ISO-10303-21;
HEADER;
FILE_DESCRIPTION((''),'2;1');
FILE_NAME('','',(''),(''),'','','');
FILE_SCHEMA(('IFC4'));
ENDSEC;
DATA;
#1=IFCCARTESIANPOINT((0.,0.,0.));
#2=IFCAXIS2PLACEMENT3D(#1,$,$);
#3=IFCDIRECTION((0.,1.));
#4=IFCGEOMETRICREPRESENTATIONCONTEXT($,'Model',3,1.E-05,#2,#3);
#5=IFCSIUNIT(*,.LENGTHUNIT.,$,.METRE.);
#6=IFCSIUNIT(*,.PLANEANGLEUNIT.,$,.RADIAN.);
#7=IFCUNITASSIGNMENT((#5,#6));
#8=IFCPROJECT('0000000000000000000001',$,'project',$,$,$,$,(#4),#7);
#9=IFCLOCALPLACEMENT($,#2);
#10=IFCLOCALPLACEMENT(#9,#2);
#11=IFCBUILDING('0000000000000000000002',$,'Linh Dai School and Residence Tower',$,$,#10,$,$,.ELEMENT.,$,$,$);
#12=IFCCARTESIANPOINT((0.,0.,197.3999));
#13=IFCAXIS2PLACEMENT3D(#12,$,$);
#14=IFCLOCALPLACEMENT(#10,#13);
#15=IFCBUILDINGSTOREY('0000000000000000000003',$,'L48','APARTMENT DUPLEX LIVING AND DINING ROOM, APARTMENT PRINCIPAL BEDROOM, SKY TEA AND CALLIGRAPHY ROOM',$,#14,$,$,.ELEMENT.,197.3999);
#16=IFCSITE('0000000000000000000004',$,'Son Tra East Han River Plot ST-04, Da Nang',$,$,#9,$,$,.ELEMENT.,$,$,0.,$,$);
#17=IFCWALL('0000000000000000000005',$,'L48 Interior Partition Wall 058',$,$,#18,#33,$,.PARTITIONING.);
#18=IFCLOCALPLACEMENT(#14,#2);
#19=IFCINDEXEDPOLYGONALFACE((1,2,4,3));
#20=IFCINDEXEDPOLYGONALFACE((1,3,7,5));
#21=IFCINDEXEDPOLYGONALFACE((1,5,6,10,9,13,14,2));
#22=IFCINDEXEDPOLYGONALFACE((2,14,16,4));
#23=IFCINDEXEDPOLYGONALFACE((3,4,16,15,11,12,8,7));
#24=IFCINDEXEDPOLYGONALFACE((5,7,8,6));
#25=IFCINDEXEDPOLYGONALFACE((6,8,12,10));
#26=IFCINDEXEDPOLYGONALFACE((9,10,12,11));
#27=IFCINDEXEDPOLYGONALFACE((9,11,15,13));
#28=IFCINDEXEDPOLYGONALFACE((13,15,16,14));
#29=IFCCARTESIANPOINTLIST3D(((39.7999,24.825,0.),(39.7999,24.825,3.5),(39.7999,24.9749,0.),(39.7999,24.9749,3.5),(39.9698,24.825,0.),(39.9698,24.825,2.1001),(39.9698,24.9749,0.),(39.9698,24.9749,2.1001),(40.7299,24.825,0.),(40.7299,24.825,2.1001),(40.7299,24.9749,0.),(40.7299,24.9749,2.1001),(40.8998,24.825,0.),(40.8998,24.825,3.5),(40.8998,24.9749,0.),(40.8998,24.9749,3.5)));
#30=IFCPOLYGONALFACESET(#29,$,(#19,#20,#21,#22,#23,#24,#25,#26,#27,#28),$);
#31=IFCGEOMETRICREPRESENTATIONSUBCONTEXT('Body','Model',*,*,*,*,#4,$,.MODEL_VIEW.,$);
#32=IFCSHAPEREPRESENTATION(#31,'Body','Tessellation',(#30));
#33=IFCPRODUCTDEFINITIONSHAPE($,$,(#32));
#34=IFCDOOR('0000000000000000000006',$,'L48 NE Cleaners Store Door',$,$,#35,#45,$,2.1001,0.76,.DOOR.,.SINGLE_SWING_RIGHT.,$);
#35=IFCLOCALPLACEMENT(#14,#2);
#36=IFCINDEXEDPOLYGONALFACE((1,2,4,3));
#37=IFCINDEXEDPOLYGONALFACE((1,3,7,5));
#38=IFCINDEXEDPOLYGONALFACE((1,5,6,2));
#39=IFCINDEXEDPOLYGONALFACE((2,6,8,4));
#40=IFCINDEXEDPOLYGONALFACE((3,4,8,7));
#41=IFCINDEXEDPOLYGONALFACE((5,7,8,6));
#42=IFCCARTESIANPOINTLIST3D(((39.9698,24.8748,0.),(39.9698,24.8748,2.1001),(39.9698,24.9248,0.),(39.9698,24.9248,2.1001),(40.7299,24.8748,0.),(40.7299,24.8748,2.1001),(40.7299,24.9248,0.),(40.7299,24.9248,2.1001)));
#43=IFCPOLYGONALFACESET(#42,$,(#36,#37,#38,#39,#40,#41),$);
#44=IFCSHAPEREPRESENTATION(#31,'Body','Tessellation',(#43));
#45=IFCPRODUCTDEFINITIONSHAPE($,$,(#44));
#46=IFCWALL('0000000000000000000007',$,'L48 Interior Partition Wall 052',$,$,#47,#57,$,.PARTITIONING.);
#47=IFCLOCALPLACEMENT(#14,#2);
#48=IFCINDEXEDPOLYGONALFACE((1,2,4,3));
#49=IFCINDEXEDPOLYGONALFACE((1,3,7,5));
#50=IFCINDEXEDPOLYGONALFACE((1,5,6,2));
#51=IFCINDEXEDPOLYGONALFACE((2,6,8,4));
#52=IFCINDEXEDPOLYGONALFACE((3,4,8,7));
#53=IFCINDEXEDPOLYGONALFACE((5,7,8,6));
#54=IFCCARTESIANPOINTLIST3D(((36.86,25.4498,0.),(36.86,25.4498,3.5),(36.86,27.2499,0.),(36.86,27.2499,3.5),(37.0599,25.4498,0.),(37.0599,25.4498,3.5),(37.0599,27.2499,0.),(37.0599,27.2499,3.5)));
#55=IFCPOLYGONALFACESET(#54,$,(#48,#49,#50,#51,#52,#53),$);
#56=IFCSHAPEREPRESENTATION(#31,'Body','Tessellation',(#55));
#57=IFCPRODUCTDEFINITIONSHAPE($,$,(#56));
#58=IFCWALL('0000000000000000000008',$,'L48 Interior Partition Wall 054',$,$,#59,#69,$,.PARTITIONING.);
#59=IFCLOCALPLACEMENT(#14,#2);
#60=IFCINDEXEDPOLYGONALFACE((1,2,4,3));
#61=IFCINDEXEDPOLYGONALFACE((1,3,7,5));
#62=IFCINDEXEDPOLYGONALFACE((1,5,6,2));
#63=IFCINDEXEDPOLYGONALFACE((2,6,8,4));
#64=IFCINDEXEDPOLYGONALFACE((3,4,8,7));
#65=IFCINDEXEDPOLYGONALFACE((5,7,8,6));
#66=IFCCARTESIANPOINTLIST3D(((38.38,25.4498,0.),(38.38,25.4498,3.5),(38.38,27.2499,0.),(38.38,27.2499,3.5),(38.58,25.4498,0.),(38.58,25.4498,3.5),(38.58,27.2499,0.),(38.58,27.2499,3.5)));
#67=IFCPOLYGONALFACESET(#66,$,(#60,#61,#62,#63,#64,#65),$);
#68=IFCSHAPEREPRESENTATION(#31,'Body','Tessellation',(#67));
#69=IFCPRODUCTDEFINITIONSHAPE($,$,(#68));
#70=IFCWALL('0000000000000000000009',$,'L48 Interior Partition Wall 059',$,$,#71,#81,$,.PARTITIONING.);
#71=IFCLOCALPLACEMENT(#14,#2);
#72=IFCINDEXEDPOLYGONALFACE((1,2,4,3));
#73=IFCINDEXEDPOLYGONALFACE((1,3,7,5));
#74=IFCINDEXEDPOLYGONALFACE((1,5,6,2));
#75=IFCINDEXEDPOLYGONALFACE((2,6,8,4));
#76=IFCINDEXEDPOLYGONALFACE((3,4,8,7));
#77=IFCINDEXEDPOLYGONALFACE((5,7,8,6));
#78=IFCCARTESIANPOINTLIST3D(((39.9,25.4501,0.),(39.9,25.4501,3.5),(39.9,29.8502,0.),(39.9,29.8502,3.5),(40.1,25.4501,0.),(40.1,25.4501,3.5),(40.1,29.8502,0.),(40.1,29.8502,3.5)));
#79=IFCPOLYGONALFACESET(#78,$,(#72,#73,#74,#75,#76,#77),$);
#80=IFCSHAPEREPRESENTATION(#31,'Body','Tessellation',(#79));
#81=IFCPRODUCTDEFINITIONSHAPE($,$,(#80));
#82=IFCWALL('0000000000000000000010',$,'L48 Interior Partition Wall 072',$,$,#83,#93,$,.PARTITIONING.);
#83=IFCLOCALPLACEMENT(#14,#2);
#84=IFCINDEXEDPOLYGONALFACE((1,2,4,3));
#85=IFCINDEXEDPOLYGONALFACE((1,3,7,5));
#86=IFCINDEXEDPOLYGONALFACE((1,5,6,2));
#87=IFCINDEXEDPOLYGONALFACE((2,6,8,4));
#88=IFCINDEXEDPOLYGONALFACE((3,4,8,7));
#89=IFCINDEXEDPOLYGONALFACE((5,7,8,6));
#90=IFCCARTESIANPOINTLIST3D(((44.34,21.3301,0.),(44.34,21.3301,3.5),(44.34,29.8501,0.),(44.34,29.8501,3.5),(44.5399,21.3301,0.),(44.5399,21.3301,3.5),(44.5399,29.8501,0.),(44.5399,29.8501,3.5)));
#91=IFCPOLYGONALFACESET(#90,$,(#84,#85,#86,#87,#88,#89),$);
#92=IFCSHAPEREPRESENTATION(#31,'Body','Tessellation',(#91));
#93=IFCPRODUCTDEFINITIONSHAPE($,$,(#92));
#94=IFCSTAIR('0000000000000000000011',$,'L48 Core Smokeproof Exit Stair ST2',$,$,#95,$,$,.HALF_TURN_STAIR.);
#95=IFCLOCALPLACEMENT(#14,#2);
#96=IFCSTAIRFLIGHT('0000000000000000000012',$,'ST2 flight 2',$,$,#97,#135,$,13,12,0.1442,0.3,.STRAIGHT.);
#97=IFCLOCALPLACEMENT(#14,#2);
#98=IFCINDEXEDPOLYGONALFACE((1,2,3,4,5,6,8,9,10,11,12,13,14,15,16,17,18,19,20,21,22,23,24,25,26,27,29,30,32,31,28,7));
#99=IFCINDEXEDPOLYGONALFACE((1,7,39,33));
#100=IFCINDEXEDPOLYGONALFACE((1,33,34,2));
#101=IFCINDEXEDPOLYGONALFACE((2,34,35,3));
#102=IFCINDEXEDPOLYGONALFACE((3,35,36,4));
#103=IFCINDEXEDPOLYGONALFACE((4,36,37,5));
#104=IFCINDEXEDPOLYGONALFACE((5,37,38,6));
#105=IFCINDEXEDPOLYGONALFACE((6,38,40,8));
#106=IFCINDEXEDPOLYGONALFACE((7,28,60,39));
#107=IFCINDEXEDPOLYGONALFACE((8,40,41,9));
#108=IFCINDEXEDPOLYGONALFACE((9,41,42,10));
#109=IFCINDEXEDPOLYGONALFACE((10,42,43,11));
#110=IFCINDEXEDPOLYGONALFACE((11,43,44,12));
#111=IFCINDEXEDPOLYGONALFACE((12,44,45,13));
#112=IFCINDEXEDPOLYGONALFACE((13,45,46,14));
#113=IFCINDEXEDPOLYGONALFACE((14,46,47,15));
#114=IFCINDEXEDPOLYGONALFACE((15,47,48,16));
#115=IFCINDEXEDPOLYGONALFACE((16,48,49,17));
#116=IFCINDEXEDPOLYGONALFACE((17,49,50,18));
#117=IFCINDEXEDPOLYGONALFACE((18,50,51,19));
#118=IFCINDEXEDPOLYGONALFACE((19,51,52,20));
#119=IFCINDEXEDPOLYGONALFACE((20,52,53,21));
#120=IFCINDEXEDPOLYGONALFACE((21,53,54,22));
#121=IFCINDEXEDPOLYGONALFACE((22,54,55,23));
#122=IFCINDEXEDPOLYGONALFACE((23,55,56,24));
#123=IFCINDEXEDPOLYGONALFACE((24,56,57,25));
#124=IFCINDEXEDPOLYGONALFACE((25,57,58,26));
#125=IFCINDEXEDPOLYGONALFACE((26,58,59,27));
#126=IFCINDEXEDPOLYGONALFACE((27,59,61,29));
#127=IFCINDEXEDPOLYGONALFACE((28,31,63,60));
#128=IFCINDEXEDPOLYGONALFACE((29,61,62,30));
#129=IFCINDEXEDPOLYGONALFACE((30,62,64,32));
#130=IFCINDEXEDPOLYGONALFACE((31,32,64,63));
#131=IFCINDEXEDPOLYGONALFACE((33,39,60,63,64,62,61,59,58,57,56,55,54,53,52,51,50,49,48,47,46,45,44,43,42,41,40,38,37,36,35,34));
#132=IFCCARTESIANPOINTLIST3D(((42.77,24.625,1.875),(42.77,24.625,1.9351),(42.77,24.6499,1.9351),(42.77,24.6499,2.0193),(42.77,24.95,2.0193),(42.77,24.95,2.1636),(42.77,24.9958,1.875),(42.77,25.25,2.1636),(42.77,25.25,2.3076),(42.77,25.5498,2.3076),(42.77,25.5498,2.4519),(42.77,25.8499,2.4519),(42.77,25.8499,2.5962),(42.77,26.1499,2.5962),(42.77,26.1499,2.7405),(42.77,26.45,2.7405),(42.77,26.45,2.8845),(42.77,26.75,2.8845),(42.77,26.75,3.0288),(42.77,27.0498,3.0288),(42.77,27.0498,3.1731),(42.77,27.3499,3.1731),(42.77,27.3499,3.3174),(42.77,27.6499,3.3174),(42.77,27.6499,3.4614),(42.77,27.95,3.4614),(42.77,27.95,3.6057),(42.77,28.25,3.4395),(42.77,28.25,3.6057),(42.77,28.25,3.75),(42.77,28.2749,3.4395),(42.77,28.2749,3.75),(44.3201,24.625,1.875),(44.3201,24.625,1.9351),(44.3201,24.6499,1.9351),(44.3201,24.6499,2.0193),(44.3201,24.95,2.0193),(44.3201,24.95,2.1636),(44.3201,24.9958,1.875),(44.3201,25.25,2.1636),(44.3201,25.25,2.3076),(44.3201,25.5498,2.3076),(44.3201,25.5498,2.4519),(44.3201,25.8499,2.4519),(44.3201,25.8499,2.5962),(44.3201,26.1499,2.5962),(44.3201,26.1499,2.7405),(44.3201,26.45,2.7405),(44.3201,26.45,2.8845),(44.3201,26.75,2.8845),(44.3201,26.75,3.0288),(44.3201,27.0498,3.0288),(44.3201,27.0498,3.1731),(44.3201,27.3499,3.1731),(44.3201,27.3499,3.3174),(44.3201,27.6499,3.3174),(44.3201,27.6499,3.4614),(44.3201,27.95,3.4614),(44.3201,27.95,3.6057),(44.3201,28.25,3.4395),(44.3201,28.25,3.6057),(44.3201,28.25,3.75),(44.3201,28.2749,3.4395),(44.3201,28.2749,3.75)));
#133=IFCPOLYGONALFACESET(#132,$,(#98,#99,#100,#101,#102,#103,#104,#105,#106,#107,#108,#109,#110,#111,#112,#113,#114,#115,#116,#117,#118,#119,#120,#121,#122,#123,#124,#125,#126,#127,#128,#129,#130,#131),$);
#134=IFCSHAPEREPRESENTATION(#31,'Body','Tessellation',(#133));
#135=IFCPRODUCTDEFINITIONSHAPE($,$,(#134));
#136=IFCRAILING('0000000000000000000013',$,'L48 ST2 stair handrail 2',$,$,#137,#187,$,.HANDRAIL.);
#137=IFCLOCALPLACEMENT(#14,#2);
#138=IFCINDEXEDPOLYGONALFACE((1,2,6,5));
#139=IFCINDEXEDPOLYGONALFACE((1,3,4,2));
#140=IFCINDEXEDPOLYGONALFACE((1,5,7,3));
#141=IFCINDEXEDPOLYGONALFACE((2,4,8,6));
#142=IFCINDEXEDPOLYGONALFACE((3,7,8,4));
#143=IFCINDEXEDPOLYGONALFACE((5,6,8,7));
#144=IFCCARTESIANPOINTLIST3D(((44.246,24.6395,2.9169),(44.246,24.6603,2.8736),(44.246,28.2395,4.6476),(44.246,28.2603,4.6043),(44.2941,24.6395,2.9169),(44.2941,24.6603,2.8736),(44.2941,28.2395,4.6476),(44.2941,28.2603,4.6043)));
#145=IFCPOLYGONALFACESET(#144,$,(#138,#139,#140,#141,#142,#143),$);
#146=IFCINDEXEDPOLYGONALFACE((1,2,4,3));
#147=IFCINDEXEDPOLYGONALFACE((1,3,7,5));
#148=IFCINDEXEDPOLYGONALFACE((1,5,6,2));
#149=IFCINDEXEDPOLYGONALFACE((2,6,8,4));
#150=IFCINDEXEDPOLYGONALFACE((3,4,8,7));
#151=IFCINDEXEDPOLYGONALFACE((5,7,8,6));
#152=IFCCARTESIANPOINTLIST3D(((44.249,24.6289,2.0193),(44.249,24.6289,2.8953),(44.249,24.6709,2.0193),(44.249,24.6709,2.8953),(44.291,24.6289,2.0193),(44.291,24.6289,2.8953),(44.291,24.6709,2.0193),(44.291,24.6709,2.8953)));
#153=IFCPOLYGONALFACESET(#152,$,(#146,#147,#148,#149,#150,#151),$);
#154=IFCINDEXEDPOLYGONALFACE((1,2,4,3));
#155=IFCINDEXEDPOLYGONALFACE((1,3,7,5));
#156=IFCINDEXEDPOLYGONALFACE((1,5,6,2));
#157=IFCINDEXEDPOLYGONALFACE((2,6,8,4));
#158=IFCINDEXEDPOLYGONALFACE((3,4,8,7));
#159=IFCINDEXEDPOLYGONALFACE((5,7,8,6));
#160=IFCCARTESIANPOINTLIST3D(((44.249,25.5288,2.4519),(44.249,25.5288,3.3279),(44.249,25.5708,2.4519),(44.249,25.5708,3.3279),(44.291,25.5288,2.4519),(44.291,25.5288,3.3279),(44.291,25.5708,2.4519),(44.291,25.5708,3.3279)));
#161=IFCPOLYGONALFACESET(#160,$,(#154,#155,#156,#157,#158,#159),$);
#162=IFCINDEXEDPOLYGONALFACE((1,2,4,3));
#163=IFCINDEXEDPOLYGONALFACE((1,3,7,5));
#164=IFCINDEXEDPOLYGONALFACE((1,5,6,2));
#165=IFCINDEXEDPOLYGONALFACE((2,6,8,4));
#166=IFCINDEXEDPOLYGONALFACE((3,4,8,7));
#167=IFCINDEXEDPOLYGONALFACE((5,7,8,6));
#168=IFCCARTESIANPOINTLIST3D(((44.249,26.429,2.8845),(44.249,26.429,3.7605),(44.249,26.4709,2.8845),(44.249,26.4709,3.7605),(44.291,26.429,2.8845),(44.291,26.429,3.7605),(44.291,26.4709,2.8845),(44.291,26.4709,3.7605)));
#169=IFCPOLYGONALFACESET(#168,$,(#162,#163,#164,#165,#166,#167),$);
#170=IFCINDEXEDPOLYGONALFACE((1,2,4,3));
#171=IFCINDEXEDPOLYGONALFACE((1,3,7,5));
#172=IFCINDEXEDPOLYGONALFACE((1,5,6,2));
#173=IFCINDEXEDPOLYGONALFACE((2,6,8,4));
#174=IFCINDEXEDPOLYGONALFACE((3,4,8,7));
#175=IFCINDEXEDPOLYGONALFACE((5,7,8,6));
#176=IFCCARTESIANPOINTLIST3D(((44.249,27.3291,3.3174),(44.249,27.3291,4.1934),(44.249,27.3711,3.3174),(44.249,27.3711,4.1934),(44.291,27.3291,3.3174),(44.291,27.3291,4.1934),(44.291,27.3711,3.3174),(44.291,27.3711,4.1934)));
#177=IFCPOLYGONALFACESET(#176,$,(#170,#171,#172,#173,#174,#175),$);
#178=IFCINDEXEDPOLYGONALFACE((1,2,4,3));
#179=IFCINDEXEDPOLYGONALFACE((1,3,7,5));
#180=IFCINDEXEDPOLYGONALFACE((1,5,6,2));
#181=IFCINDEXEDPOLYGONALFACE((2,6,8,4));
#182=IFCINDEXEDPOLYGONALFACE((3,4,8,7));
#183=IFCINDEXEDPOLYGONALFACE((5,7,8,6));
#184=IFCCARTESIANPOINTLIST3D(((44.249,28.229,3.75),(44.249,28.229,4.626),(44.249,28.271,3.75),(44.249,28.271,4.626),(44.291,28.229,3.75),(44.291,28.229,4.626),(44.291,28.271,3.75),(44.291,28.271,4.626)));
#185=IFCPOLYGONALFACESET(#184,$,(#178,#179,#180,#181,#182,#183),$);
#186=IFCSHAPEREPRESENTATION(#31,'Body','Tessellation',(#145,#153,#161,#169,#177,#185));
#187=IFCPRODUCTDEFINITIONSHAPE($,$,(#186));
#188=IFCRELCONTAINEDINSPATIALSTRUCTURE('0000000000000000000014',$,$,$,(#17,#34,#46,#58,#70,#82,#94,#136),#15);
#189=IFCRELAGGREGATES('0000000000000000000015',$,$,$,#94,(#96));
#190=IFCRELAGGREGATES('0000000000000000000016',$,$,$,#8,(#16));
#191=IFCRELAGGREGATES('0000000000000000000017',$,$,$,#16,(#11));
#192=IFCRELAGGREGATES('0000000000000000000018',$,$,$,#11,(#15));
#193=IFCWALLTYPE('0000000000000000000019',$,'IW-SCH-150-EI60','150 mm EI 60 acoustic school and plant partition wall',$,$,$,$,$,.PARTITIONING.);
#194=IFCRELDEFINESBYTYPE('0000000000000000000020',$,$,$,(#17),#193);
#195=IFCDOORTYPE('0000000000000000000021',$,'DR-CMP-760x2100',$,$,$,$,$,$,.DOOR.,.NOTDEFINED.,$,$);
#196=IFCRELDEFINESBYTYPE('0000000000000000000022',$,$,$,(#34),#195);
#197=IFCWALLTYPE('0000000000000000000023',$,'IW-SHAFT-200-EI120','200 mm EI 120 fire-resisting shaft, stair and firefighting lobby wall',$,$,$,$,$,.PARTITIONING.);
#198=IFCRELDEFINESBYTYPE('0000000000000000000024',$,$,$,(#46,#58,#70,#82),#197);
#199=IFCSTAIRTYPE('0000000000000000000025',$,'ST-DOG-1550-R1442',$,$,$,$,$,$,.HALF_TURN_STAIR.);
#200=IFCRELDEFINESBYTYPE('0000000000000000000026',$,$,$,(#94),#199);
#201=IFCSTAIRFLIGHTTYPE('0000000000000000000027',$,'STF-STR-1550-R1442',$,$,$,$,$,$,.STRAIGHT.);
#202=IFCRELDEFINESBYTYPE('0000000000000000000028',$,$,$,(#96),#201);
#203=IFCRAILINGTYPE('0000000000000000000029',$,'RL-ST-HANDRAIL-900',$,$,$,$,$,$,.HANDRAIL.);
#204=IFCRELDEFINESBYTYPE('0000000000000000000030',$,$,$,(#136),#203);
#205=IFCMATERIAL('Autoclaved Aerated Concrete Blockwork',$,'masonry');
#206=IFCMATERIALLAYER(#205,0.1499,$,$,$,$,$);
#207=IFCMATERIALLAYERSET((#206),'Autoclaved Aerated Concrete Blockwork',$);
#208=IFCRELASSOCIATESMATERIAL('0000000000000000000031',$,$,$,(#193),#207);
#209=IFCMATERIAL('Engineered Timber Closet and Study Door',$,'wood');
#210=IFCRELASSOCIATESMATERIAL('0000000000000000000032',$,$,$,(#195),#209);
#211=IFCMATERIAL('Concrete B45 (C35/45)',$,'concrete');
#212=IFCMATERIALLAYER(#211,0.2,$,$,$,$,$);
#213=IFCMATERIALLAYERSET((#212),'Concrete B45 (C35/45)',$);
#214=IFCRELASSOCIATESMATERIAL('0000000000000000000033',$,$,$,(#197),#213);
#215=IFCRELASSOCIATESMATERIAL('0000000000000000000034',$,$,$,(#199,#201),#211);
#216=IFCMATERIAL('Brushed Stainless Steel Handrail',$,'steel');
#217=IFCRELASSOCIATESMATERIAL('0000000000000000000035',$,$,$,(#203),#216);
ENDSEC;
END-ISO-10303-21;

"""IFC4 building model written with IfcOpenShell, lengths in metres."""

from ifc_helpers import new_model, si_unit, direction, frame, frame_2d, origin, origin_2d, place, context, subcontext, project, spatial, polyline, rectangle, outline, extrude, source, transform, mapped, material, layer, layer_set, type_object, element, fill, aggregate, save


model = new_model("IFC4")

# Units and contexts
model_context = context("Model", 3, precision=1e-05, world=origin(), true_north=direction((0.0, 1.0)))
body_context = subcontext(model_context, "Body", "Model", "MODEL_VIEW")
ifc_project = project(units=[si_unit("LENGTHUNIT", "METRE"), si_unit("PLANEANGLEUNIT", "RADIAN")], contexts=[model_context])

# Site, building, storey
site_placement = place(None, origin())
site = spatial("IfcSite", under=ifc_project, at=site_placement, Name="Son Tra East Han River Plot ST-04, Da Nang", CompositionType="ELEMENT", RefElevation=0.0)
building_placement = place(site_placement, origin())
building = spatial("IfcBuilding", under=site, at=building_placement, Name="Linh Dai School and Residence Tower", CompositionType="ELEMENT")
storey_placement = place(building_placement, frame((0.0, 0.0, 197.3999)))
storey = spatial("IfcBuildingStorey", under=building, at=storey_placement, Name="L48", Description="APARTMENT DUPLEX LIVING AND DINING ROOM, APARTMENT PRINCIPAL BEDROOM, SKY TEA AND CALLIGRAPHY ROOM", CompositionType="ELEMENT", Elevation=197.3999)

# Shared definitions
ifc_material_1 = material(Name="Autoclaved Aerated Concrete Blockwork", Category="masonry")

# Wall, opening, door
ifc_layer_1 = layer(ifc_material_1, 0.1499)
ifc_layer_set_1 = layer_set([ifc_layer_1], Name="Autoclaved Aerated Concrete Blockwork")
wall_type_1 = type_object("IfcWallType", Name="IW-SCH-150-EI60", Description="150 mm EI 60 acoustic school and plant partition wall", PredefinedType="PARTITIONING", material=ifc_layer_set_1)
wall_1_placement = place(storey_placement, frame((39.8, 24.8999, 0.0), z_axis=(0.0, 0.0, 1.0), x_axis=(1.0, 0.0, 0.0)))
wall_1 = element("IfcWall", 1, at=wall_1_placement, inside=storey, type_object=wall_type_1, Name="L48 Interior Partition Wall 058", PredefinedType="PARTITIONING", context=body_context, shape_type="SweptSolid", body=[
    extrude(rectangle(XDim=1.0999, YDim=0.1499, at=frame_2d((0.5498, 0.0))), origin(), (0.0, 0.0, 1.0), 3.5),
])
opening_1_placement = place(wall_1_placement, frame((0.1699, 0.0, 0.0)))
opening_1 = element("IfcOpeningElement", 2, at=opening_1_placement, cuts=wall_1, PredefinedType="OPENING", context=body_context, shape_type="SweptSolid", body=[
    extrude(rectangle(XDim=0.76, YDim=2.1001, at=origin_2d()), frame((0.3799, 0.085, 1.05), z_axis=(0.0, -1.0, 0.0), x_axis=(1.0, 0.0, 0.0)), (0.0, 0.0, 1.0), 0.1699),
])
ifc_material_2 = material(Name="Engineered Timber Closet and Study Door", Category="wood")
door_type_1 = type_object("IfcDoorType", Name="DR-CMP-760x2100", OperationType="NOTDEFINED", PredefinedType="DOOR", material=ifc_material_2)
shared_shape_1 = source(origin(), body_context, "Body", "SweptSolid", [
    extrude(rectangle(XDim=0.76, YDim=2.1001, at=origin_2d()), frame((0.3799, 0.0249, 1.05), z_axis=(0.0, -1.0, 0.0), x_axis=(1.0, 0.0, 0.0)), (0.0, 0.0, 1.0), 0.05),
])
door_1_placement = place(opening_1_placement, origin())
door_1 = element("IfcDoor", 3, at=door_1_placement, inside=storey, type_object=door_type_1, Name="L48 NE Cleaners Store Door", OperationType="SINGLE_SWING_RIGHT", OverallHeight=2.1001, OverallWidth=0.76, PredefinedType="DOOR", context=body_context, shape_type="MappedRepresentation", body=[
    mapped(shared_shape_1, transform((0.0, 0.0, 0.0), x_axis=(1.0, 0.0, 0.0), y_axis=(0.0, 1.0, 0.0), z_axis=(0.0, 0.0, 1.0), scale=1.0)),
])
fill(opening_1, door_1)

# Walls
ifc_material_3 = material(Name="Concrete B45 (C35/45)", Category="concrete")
ifc_layer_2 = layer(ifc_material_3, 0.2)
ifc_layer_set_2 = layer_set([ifc_layer_2], Name="Concrete B45 (C35/45)")
wall_type_2 = type_object("IfcWallType", Name="IW-SHAFT-200-EI120", Description="200 mm EI 120 fire-resisting shaft, stair and firefighting lobby wall", PredefinedType="PARTITIONING", material=ifc_layer_set_2)
for number, where, z_axis, x_axis, name in (
    (4, (36.96, 25.45, 0.0), (0.0, 0.0, 1.0), (0.0, 1.0, 0.0), "L48 Interior Partition Wall 052"),
    (5, (38.48, 25.45, 0.0), (0.0, 0.0, 1.0), (0.0, 1.0, 0.0), "L48 Interior Partition Wall 054"),
):
    element("IfcWall", number, at=place(storey_placement, frame(where, z_axis=z_axis, x_axis=x_axis)), inside=storey, type_object=wall_type_2, Name=name, PredefinedType="PARTITIONING", context=body_context, shape_type="SweptSolid", body=[
        extrude(rectangle(XDim=1.8, YDim=0.2, at=frame_2d((0.8999, 0.0))), origin(), (0.0, 0.0, 1.0), 3.5),
    ])
wall_2_placement = place(storey_placement, frame((40.0, 25.45, 0.0), z_axis=(0.0, 0.0, 1.0), x_axis=(0.0, 1.0, 0.0)))
element("IfcWall", 6, at=wall_2_placement, inside=storey, type_object=wall_type_2, Name="L48 Interior Partition Wall 059", PredefinedType="PARTITIONING", context=body_context, shape_type="SweptSolid", body=[
    extrude(rectangle(XDim=4.4001, YDim=0.2, at=frame_2d((2.2002, 0.0))), origin(), (0.0, 0.0, 1.0), 3.5),
])
wall_3_placement = place(storey_placement, frame((44.4399, 21.3301, 0.0), z_axis=(0.0, 0.0, 1.0), x_axis=(0.0, 1.0, 0.0)))
element("IfcWall", 7, at=wall_3_placement, inside=storey, type_object=wall_type_2, Name="L48 Interior Partition Wall 072", PredefinedType="PARTITIONING", context=body_context, shape_type="SweptSolid", body=[
    extrude(rectangle(XDim=8.52, YDim=0.2, at=frame_2d((4.26, 0.0))), origin(), (0.0, 0.0, 1.0), 3.5),
])

# Stair, stair flight
stair_type = type_object("IfcStairType", Name="ST-DOG-1550-R1442", PredefinedType="HALF_TURN_STAIR", material=ifc_material_3)
stair_placement = place(storey_placement, origin())
stair = element("IfcStair", 8, at=stair_placement, inside=storey, type_object=stair_type, Name="L48 Core Smokeproof Exit Stair ST2", PredefinedType="HALF_TURN_STAIR")
stair_flight_type = type_object("IfcStairFlightType", Name="STF-STR-1550-R1442", PredefinedType="STRAIGHT", material=ifc_material_3)
shared_shape_2 = source(origin(), body_context, "Body", "SweptSolid", [
    extrude(outline(polyline([(-0.0249, 0.0), (-0.0249, 0.0601), (0.0, 0.0601), (0.0, 0.1443), (0.3, 0.1443), (0.3, 0.2886), (0.6001, 0.2886), (0.6001, 0.4326), (0.8999, 0.4326), (0.8999, 0.5769), (1.2, 0.5769), (1.2, 0.7212), (1.5, 0.7212), (1.5, 0.8655), (1.8, 0.8655), (1.8, 1.0095), (2.1001, 1.0095), (2.1001, 1.1538), (2.3999, 1.1538), (2.3999, 1.2981), (2.7, 1.2981), (2.7, 1.4424), (3.0, 1.4424), (3.0, 1.5864), (3.3, 1.5864), (3.3, 1.7307), (3.6001, 1.7307), (3.6001, 1.875), (3.625, 1.875), (3.625, 1.5645), (3.6001, 1.5645), (0.3459, 0.0), (-0.0249, 0.0)])), frame((0.0, 0.7749, 0.0), z_axis=(0.0, -1.0, 0.0), x_axis=(1.0, 0.0, 0.0)), (0.0, 0.0, 1.0), 1.55),
])
stair_flight_placement = place(storey_placement, frame((43.5449, 24.6499, 1.875), z_axis=(0.0, 0.0, 1.0), x_axis=(0.0, 1.0, 0.0)))
stair_flight = element("IfcStairFlight", 9, at=stair_flight_placement, type_object=stair_flight_type, Name="ST2 flight 2", NumberOfRisers=13, NumberOfTreads=12, PredefinedType="STRAIGHT", RiserHeight=0.1442, TreadLength=0.3, context=body_context, shape_type="MappedRepresentation", body=[
    mapped(shared_shape_2, transform((0.0, 0.0, 0.0), x_axis=(1.0, 0.0, 0.0), y_axis=(0.0, 1.0, 0.0), z_axis=(0.0, 0.0, 1.0), scale=1.0)),
])
aggregate(stair, [stair_flight])

# Railing
ifc_material_4 = material(Name="Brushed Stainless Steel Handrail", Category="steel")
railing_type_1 = type_object("IfcRailingType", Name="RL-ST-HANDRAIL-900", PredefinedType="HANDRAIL", material=ifc_material_4)
shared_shape_3 = source(origin(), body_context, "Body", "SweptSolid", [
    extrude(rectangle(XDim=0.0481, YDim=0.0481, at=origin_2d()), frame((0.0, 0.0, 0.876), z_axis=(0.0, 0.901263, 0.433273), x_axis=(-1.0, 0.0, 0.0)), (0.0, 0.0, 1.0), 3.9944),
    extrude(rectangle(XDim=0.042, YDim=0.042, at=origin_2d()), origin(), (0.0, 0.0, 1.0), 0.876),
    extrude(rectangle(XDim=0.042, YDim=0.042, at=origin_2d()), frame((0.0, 0.8999, 0.4326)), (0.0, 0.0, 1.0), 0.876),
    extrude(rectangle(XDim=0.042, YDim=0.042, at=origin_2d()), frame((0.0, 1.8, 0.8652)), (0.0, 0.0, 1.0), 0.876),
    extrude(rectangle(XDim=0.042, YDim=0.042, at=origin_2d()), frame((0.0, 2.7002, 1.2981)), (0.0, 0.0, 1.0), 0.876),
    extrude(rectangle(XDim=0.042, YDim=0.042, at=origin_2d()), frame((0.0, 3.6001, 1.7307)), (0.0, 0.0, 1.0), 0.876),
])
railing_1_placement = place(storey_placement, frame((44.27, 24.6499, 2.0193)))
element("IfcRailing", 10, at=railing_1_placement, inside=storey, type_object=railing_type_1, Name="L48 ST2 stair handrail 2", PredefinedType="HANDRAIL", context=body_context, shape_type="MappedRepresentation", body=[
    mapped(shared_shape_3, transform((0.0, 0.0, 0.0), x_axis=(1.0, 0.0, 0.0), y_axis=(0.0, 1.0, 0.0), z_axis=(0.0, 0.0, 1.0), scale=1.0)),
])

save(model, "model.ifc")
